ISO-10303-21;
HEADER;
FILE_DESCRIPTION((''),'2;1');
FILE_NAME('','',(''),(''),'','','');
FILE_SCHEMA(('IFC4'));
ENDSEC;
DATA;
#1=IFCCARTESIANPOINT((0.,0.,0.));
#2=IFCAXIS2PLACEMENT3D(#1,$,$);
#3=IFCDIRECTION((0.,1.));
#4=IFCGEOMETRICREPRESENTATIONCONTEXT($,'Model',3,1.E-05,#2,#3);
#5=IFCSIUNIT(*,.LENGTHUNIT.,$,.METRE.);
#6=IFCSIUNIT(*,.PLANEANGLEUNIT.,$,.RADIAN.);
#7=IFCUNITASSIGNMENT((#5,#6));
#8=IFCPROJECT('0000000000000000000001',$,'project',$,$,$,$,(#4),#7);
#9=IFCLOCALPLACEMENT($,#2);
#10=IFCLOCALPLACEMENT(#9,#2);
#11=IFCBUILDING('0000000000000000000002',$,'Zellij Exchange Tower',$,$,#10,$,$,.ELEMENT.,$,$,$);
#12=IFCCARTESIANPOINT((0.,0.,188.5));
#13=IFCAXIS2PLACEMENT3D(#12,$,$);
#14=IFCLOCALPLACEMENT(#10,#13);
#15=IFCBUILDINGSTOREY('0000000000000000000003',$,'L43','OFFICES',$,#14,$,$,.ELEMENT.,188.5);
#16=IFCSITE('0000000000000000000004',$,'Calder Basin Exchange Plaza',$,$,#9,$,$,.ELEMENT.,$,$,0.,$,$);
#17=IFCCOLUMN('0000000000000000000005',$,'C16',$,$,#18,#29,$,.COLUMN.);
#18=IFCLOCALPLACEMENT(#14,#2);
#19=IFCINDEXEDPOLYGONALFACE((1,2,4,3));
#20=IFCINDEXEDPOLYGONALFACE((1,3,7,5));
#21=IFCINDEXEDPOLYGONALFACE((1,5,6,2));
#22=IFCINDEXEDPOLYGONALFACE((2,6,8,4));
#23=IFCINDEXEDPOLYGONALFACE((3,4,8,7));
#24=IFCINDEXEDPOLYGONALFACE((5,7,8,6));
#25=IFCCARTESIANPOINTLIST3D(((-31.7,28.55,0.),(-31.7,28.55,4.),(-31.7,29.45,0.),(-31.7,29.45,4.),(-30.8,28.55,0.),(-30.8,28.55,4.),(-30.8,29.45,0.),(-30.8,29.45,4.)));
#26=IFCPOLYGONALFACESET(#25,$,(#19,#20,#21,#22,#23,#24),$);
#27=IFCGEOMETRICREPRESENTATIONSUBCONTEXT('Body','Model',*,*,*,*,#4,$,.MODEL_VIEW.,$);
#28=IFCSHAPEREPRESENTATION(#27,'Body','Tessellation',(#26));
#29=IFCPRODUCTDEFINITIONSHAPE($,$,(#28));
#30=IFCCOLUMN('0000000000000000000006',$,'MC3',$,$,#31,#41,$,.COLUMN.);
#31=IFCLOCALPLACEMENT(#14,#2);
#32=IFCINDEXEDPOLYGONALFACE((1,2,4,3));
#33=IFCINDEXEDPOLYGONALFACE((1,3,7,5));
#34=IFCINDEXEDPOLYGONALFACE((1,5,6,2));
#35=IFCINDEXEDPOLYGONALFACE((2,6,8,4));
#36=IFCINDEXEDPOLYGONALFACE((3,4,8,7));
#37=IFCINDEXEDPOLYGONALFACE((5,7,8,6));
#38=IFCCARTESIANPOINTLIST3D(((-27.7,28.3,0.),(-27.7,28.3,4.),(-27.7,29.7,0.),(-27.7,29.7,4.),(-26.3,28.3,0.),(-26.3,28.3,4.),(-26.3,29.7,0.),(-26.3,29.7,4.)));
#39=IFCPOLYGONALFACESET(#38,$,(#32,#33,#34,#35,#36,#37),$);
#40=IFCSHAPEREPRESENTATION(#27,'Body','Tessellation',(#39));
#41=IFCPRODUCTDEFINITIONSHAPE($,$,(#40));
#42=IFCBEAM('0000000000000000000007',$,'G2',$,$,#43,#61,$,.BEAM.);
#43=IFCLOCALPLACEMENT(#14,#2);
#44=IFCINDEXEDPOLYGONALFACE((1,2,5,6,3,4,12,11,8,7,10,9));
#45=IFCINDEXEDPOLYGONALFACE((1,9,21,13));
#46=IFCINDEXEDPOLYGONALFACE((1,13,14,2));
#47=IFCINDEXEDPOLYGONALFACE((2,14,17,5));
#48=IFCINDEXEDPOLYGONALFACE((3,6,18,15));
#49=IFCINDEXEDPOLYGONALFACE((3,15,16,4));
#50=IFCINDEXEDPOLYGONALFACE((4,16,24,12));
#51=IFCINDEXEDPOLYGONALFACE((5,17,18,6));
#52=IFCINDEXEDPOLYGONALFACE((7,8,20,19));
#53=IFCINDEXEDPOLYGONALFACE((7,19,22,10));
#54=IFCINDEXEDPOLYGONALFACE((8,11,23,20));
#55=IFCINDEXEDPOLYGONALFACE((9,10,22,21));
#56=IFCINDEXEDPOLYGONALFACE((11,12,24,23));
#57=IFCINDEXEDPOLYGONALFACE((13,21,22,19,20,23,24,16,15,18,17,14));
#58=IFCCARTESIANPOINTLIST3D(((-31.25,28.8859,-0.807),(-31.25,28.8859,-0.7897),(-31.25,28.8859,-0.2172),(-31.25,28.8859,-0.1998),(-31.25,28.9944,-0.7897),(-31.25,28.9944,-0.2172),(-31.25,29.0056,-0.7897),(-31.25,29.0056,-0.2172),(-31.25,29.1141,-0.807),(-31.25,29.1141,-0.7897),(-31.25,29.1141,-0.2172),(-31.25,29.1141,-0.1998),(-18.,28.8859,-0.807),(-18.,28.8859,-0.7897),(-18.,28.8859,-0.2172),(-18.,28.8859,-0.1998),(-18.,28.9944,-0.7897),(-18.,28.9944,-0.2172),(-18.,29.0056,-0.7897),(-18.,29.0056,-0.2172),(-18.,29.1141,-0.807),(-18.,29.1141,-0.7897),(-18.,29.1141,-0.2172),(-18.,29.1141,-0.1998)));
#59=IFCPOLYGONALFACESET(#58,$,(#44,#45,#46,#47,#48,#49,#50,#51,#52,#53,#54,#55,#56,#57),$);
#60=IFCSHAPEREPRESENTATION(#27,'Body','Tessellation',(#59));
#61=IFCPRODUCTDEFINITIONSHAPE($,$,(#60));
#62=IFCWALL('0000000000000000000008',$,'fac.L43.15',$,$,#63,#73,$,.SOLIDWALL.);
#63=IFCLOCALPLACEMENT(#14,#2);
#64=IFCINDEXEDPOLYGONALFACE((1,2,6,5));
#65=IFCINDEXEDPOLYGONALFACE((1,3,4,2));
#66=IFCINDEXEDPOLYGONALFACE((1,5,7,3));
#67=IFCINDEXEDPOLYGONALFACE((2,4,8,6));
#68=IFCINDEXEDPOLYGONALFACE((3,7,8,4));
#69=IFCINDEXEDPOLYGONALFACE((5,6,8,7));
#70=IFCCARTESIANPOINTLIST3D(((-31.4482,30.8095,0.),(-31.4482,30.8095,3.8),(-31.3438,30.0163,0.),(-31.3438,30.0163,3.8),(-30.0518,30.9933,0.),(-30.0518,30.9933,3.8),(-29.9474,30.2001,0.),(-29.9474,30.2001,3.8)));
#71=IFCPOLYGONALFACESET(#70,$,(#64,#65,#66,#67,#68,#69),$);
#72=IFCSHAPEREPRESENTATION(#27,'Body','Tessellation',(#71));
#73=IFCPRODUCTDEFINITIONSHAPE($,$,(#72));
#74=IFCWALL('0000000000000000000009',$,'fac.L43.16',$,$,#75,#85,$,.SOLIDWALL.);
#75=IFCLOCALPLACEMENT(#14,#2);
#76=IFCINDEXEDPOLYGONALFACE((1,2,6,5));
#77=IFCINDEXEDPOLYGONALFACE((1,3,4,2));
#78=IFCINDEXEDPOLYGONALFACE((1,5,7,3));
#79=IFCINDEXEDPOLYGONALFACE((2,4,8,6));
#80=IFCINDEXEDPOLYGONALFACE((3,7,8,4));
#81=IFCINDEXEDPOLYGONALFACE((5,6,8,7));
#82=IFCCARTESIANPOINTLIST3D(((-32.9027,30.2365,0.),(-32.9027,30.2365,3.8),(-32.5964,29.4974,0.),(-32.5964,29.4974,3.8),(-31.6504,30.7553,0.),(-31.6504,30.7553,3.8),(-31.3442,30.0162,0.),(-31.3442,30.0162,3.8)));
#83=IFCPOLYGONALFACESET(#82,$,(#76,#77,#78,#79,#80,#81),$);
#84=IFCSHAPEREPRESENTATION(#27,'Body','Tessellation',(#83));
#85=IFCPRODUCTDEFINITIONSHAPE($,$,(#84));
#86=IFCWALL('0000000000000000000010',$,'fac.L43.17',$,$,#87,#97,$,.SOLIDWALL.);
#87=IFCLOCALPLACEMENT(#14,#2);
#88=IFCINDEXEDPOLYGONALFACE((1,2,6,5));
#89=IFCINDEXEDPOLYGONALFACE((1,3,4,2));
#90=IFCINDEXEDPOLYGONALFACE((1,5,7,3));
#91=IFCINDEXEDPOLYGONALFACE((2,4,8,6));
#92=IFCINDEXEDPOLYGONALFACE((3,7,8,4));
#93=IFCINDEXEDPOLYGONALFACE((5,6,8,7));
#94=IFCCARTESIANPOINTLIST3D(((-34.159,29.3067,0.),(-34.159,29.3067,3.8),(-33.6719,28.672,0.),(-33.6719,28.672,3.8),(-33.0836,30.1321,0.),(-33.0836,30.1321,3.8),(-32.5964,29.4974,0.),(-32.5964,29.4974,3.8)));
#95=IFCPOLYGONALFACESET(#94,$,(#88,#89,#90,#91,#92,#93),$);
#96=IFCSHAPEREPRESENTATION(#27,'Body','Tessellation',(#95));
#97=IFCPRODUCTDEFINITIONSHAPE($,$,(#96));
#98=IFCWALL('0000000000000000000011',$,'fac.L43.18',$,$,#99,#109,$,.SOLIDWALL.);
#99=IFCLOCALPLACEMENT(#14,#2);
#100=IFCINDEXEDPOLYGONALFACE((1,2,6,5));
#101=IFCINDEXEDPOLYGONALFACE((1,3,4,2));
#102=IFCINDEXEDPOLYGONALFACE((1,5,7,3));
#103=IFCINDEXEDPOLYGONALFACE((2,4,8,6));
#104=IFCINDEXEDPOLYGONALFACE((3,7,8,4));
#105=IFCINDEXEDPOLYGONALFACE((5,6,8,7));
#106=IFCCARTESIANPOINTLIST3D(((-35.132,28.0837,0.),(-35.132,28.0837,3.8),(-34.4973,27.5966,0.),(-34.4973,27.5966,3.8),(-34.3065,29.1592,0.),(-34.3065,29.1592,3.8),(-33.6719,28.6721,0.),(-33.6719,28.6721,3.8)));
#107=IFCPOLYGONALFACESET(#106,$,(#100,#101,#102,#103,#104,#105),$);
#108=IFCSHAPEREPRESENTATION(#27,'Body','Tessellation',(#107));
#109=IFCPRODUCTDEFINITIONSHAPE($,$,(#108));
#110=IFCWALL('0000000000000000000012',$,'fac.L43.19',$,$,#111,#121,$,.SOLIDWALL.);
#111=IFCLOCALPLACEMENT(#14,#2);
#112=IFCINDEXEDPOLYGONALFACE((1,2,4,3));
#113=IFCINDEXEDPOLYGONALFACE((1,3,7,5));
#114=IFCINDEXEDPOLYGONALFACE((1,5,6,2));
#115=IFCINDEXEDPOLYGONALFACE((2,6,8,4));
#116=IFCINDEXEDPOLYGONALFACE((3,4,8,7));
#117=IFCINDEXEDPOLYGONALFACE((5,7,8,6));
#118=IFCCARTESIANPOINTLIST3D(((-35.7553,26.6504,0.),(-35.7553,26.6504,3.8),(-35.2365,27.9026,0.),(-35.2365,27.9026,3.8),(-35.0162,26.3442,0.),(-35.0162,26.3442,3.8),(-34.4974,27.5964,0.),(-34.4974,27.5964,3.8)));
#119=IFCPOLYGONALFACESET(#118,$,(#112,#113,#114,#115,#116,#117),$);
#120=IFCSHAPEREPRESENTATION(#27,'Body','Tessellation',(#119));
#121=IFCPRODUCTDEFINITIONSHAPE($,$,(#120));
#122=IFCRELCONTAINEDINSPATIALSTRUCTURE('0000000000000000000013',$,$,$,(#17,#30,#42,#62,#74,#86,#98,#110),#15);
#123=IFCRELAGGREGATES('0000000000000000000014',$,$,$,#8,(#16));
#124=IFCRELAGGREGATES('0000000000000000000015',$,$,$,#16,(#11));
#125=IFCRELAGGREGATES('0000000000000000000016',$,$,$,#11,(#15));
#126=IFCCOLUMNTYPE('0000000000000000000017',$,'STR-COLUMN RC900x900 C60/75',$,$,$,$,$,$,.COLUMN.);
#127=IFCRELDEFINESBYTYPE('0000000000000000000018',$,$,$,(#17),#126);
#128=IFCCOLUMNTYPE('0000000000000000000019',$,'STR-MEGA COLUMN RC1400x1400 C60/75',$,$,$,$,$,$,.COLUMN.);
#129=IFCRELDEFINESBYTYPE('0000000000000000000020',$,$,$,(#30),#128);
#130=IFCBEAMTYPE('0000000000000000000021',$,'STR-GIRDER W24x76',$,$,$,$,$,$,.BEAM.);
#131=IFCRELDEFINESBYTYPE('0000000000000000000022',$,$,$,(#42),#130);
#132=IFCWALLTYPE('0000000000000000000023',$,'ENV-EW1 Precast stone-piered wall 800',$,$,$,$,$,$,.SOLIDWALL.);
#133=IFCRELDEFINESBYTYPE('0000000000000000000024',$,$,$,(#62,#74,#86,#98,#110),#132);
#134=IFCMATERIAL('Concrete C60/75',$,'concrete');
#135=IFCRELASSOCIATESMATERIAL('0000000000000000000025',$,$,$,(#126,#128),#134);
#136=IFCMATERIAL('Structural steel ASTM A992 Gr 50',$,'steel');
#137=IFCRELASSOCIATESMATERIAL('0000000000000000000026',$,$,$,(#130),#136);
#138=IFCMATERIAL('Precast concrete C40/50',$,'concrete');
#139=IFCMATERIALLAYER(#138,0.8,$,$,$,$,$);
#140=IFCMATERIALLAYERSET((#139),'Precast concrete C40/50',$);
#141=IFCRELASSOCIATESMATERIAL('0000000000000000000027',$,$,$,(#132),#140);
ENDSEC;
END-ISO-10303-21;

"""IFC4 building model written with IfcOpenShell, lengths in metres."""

from ifc_helpers import new_model, si_unit, direction, frame, frame_2d, origin, origin_2d, place, context, subcontext, project, spatial, rectangle, i_section, extrude, material, layer, layer_set, material_profile, profile_set, type_object, element, save


model = new_model("IFC4")

# Units and contexts
model_context = context("Model", 3, precision=1e-05, world=origin(), true_north=direction((0.0, 1.0)))
body_context = subcontext(model_context, "Body", "Model", "MODEL_VIEW")
ifc_project = project(units=[si_unit("LENGTHUNIT", "METRE"), si_unit("PLANEANGLEUNIT", "RADIAN")], contexts=[model_context])

# Site, building, storey
site_placement = place(None, origin())
site = spatial("IfcSite", under=ifc_project, at=site_placement, Name="Calder Basin Exchange Plaza", CompositionType="ELEMENT", RefElevation=0.0)
building_placement = place(site_placement, origin())
building = spatial("IfcBuilding", under=site, at=building_placement, Name="Zellij Exchange Tower", CompositionType="ELEMENT")
storey_placement = place(building_placement, frame((0.0, 0.0, 188.5)))
storey = spatial("IfcBuildingStorey", under=building, at=storey_placement, Name="L43", Description="OFFICES", CompositionType="ELEMENT", Elevation=188.5)

# Columns
ifc_material_1 = material(Name="Concrete C60/75", Category="concrete")
ifc_material_profile_1 = material_profile(ifc_material_1, rectangle(XDim=0.8999, YDim=0.8999, at=origin_2d()), Name="STR-COLUMN RC900x900 C60/75")
ifc_profile_set_1 = profile_set([ifc_material_profile_1], Name="Concrete C60/75")
column_type_1 = type_object("IfcColumnType", Name="STR-COLUMN RC900x900 C60/75", PredefinedType="COLUMN", material=ifc_profile_set_1)
column_1_placement = place(storey_placement, frame((-31.25, 29.0, 0.0), z_axis=(0.0, 0.0, 1.0), x_axis=(1.0, 0.0, 0.0)))
element("IfcColumn", 1, at=column_1_placement, inside=storey, type_object=column_type_1, Name="C16", PredefinedType="COLUMN", context=body_context, shape_type="SweptSolid", body=[
    extrude(rectangle(XDim=0.8999, YDim=0.8999, at=origin_2d()), origin(), (0.0, 0.0, 1.0), 4.0),
])
ifc_material_profile_2 = material_profile(ifc_material_1, rectangle(XDim=1.3999, YDim=1.3999, at=origin_2d()), Name="STR-MEGA COLUMN RC1400x1400 C60/75")
ifc_profile_set_2 = profile_set([ifc_material_profile_2], Name="Concrete C60/75")
column_type_2 = type_object("IfcColumnType", Name="STR-MEGA COLUMN RC1400x1400 C60/75", PredefinedType="COLUMN", material=ifc_profile_set_2)
column_2_placement = place(storey_placement, frame((-27.0, 29.0, 0.0), z_axis=(0.0, 0.0, 1.0), x_axis=(1.0, 0.0, 0.0)))
element("IfcColumn", 2, at=column_2_placement, inside=storey, type_object=column_type_2, Name="MC3", PredefinedType="COLUMN", context=body_context, shape_type="SweptSolid", body=[
    extrude(rectangle(XDim=1.3999, YDim=1.3999, at=origin_2d()), origin(), (0.0, 0.0, 1.0), 4.0),
])

# Beam
ifc_material_2 = material(Name="Structural steel ASTM A992 Gr 50", Category="steel")
ifc_material_profile_3 = material_profile(ifc_material_2, i_section(OverallWidth=0.2283, OverallDepth=0.6072, WebThickness=0.0112, FlangeThickness=0.0173, at=origin_2d()), Name="W24x76")
ifc_profile_set_3 = profile_set([ifc_material_profile_3], Name="Structural steel ASTM A992 Gr 50")
beam_type = type_object("IfcBeamType", Name="STR-GIRDER W24x76", PredefinedType="BEAM", material=ifc_profile_set_3)
beam_placement = place(storey_placement, frame((-31.25, 29.0, -0.5034), z_axis=(1.0, 0.0, 0.0), x_axis=(0.0, 1.0, 0.0)))
element("IfcBeam", 3, at=beam_placement, inside=storey, type_object=beam_type, Name="G2", PredefinedType="BEAM", context=body_context, shape_type="SweptSolid", body=[
    extrude(i_section(OverallWidth=0.2283, OverallDepth=0.6072, WebThickness=0.0112, FlangeThickness=0.0173, at=origin_2d()), origin(), (0.0, 0.0, 1.0), 13.25),
])

# Walls
ifc_material_3 = material(Name="Precast concrete C40/50", Category="concrete")
ifc_layer_1 = layer(ifc_material_3, 0.8)
ifc_layer_set_1 = layer_set([ifc_layer_1], Name="Precast concrete C40/50")
wall_type = type_object("IfcWallType", Name="ENV-EW1 Precast stone-piered wall 800", PredefinedType="SOLIDWALL", material=ifc_layer_set_1)
wall_1_placement = place(storey_placement, frame((-29.9998, 30.5967, 0.0), z_axis=(0.0, 0.0, 1.0), x_axis=(-0.991446, -0.130517, 0.0)))
element("IfcWall", 4, at=wall_1_placement, inside=storey, type_object=wall_type, Name="fac.L43.15", PredefinedType="SOLIDWALL", context=body_context, shape_type="SweptSolid", body=[
    extrude(rectangle(XDim=1.4084, YDim=0.8, at=frame_2d((0.7041, 0.0))), origin(), (0.0, 0.0, 1.0), 3.8),
])
wall_2_placement = place(storey_placement, frame((-31.4973, 30.3857, 0.0), z_axis=(0.0, 0.0, 1.0), x_axis=(-0.923848, -0.38276, 0.0)))
element("IfcWall", 5, at=wall_2_placement, inside=storey, type_object=wall_type, Name="fac.L43.16", PredefinedType="SOLIDWALL", context=body_context, shape_type="SweptSolid", body=[
    extrude(rectangle(XDim=1.3555, YDim=0.8, at=frame_2d((0.6777, 0.0))), origin(), (0.0, 0.0, 1.0), 3.8),
])
for number, where, z_axis, x_axis, name in (
    (6, (-32.8401, 29.8147, 0.0), (0.0, 0.0, 1.0), (-0.793273, -0.608866, 0.0), "fac.L43.17"),
    (7, (-33.9893, 28.9155, 0.0), (0.0, 0.0, 1.0), (-0.608866, -0.793273, 0.0), "fac.L43.18"),
):
    element("IfcWall", number, at=place(storey_placement, frame(where, z_axis=z_axis, x_axis=x_axis)), inside=storey, type_object=wall_type, Name=name, PredefinedType="SOLIDWALL", context=body_context, shape_type="SweptSolid", body=[
        extrude(rectangle(XDim=1.3557, YDim=0.8, at=frame_2d((0.6777, 0.0))), origin(), (0.0, 0.0, 1.0), 3.8),
    ])
wall_3_placement = place(storey_placement, frame((-34.8669, 27.7495, 0.0), z_axis=(0.0, 0.0, 1.0), x_axis=(-0.38276, -0.923848, 0.0)))
element("IfcWall", 8, at=wall_3_placement, inside=storey, type_object=wall_type, Name="fac.L43.19", PredefinedType="SOLIDWALL", context=body_context, shape_type="SweptSolid", body=[
    extrude(rectangle(XDim=1.3555, YDim=0.8, at=frame_2d((0.6777, 0.0))), origin(), (0.0, 0.0, 1.0), 3.8),
])

save(model, "model.ifc")
